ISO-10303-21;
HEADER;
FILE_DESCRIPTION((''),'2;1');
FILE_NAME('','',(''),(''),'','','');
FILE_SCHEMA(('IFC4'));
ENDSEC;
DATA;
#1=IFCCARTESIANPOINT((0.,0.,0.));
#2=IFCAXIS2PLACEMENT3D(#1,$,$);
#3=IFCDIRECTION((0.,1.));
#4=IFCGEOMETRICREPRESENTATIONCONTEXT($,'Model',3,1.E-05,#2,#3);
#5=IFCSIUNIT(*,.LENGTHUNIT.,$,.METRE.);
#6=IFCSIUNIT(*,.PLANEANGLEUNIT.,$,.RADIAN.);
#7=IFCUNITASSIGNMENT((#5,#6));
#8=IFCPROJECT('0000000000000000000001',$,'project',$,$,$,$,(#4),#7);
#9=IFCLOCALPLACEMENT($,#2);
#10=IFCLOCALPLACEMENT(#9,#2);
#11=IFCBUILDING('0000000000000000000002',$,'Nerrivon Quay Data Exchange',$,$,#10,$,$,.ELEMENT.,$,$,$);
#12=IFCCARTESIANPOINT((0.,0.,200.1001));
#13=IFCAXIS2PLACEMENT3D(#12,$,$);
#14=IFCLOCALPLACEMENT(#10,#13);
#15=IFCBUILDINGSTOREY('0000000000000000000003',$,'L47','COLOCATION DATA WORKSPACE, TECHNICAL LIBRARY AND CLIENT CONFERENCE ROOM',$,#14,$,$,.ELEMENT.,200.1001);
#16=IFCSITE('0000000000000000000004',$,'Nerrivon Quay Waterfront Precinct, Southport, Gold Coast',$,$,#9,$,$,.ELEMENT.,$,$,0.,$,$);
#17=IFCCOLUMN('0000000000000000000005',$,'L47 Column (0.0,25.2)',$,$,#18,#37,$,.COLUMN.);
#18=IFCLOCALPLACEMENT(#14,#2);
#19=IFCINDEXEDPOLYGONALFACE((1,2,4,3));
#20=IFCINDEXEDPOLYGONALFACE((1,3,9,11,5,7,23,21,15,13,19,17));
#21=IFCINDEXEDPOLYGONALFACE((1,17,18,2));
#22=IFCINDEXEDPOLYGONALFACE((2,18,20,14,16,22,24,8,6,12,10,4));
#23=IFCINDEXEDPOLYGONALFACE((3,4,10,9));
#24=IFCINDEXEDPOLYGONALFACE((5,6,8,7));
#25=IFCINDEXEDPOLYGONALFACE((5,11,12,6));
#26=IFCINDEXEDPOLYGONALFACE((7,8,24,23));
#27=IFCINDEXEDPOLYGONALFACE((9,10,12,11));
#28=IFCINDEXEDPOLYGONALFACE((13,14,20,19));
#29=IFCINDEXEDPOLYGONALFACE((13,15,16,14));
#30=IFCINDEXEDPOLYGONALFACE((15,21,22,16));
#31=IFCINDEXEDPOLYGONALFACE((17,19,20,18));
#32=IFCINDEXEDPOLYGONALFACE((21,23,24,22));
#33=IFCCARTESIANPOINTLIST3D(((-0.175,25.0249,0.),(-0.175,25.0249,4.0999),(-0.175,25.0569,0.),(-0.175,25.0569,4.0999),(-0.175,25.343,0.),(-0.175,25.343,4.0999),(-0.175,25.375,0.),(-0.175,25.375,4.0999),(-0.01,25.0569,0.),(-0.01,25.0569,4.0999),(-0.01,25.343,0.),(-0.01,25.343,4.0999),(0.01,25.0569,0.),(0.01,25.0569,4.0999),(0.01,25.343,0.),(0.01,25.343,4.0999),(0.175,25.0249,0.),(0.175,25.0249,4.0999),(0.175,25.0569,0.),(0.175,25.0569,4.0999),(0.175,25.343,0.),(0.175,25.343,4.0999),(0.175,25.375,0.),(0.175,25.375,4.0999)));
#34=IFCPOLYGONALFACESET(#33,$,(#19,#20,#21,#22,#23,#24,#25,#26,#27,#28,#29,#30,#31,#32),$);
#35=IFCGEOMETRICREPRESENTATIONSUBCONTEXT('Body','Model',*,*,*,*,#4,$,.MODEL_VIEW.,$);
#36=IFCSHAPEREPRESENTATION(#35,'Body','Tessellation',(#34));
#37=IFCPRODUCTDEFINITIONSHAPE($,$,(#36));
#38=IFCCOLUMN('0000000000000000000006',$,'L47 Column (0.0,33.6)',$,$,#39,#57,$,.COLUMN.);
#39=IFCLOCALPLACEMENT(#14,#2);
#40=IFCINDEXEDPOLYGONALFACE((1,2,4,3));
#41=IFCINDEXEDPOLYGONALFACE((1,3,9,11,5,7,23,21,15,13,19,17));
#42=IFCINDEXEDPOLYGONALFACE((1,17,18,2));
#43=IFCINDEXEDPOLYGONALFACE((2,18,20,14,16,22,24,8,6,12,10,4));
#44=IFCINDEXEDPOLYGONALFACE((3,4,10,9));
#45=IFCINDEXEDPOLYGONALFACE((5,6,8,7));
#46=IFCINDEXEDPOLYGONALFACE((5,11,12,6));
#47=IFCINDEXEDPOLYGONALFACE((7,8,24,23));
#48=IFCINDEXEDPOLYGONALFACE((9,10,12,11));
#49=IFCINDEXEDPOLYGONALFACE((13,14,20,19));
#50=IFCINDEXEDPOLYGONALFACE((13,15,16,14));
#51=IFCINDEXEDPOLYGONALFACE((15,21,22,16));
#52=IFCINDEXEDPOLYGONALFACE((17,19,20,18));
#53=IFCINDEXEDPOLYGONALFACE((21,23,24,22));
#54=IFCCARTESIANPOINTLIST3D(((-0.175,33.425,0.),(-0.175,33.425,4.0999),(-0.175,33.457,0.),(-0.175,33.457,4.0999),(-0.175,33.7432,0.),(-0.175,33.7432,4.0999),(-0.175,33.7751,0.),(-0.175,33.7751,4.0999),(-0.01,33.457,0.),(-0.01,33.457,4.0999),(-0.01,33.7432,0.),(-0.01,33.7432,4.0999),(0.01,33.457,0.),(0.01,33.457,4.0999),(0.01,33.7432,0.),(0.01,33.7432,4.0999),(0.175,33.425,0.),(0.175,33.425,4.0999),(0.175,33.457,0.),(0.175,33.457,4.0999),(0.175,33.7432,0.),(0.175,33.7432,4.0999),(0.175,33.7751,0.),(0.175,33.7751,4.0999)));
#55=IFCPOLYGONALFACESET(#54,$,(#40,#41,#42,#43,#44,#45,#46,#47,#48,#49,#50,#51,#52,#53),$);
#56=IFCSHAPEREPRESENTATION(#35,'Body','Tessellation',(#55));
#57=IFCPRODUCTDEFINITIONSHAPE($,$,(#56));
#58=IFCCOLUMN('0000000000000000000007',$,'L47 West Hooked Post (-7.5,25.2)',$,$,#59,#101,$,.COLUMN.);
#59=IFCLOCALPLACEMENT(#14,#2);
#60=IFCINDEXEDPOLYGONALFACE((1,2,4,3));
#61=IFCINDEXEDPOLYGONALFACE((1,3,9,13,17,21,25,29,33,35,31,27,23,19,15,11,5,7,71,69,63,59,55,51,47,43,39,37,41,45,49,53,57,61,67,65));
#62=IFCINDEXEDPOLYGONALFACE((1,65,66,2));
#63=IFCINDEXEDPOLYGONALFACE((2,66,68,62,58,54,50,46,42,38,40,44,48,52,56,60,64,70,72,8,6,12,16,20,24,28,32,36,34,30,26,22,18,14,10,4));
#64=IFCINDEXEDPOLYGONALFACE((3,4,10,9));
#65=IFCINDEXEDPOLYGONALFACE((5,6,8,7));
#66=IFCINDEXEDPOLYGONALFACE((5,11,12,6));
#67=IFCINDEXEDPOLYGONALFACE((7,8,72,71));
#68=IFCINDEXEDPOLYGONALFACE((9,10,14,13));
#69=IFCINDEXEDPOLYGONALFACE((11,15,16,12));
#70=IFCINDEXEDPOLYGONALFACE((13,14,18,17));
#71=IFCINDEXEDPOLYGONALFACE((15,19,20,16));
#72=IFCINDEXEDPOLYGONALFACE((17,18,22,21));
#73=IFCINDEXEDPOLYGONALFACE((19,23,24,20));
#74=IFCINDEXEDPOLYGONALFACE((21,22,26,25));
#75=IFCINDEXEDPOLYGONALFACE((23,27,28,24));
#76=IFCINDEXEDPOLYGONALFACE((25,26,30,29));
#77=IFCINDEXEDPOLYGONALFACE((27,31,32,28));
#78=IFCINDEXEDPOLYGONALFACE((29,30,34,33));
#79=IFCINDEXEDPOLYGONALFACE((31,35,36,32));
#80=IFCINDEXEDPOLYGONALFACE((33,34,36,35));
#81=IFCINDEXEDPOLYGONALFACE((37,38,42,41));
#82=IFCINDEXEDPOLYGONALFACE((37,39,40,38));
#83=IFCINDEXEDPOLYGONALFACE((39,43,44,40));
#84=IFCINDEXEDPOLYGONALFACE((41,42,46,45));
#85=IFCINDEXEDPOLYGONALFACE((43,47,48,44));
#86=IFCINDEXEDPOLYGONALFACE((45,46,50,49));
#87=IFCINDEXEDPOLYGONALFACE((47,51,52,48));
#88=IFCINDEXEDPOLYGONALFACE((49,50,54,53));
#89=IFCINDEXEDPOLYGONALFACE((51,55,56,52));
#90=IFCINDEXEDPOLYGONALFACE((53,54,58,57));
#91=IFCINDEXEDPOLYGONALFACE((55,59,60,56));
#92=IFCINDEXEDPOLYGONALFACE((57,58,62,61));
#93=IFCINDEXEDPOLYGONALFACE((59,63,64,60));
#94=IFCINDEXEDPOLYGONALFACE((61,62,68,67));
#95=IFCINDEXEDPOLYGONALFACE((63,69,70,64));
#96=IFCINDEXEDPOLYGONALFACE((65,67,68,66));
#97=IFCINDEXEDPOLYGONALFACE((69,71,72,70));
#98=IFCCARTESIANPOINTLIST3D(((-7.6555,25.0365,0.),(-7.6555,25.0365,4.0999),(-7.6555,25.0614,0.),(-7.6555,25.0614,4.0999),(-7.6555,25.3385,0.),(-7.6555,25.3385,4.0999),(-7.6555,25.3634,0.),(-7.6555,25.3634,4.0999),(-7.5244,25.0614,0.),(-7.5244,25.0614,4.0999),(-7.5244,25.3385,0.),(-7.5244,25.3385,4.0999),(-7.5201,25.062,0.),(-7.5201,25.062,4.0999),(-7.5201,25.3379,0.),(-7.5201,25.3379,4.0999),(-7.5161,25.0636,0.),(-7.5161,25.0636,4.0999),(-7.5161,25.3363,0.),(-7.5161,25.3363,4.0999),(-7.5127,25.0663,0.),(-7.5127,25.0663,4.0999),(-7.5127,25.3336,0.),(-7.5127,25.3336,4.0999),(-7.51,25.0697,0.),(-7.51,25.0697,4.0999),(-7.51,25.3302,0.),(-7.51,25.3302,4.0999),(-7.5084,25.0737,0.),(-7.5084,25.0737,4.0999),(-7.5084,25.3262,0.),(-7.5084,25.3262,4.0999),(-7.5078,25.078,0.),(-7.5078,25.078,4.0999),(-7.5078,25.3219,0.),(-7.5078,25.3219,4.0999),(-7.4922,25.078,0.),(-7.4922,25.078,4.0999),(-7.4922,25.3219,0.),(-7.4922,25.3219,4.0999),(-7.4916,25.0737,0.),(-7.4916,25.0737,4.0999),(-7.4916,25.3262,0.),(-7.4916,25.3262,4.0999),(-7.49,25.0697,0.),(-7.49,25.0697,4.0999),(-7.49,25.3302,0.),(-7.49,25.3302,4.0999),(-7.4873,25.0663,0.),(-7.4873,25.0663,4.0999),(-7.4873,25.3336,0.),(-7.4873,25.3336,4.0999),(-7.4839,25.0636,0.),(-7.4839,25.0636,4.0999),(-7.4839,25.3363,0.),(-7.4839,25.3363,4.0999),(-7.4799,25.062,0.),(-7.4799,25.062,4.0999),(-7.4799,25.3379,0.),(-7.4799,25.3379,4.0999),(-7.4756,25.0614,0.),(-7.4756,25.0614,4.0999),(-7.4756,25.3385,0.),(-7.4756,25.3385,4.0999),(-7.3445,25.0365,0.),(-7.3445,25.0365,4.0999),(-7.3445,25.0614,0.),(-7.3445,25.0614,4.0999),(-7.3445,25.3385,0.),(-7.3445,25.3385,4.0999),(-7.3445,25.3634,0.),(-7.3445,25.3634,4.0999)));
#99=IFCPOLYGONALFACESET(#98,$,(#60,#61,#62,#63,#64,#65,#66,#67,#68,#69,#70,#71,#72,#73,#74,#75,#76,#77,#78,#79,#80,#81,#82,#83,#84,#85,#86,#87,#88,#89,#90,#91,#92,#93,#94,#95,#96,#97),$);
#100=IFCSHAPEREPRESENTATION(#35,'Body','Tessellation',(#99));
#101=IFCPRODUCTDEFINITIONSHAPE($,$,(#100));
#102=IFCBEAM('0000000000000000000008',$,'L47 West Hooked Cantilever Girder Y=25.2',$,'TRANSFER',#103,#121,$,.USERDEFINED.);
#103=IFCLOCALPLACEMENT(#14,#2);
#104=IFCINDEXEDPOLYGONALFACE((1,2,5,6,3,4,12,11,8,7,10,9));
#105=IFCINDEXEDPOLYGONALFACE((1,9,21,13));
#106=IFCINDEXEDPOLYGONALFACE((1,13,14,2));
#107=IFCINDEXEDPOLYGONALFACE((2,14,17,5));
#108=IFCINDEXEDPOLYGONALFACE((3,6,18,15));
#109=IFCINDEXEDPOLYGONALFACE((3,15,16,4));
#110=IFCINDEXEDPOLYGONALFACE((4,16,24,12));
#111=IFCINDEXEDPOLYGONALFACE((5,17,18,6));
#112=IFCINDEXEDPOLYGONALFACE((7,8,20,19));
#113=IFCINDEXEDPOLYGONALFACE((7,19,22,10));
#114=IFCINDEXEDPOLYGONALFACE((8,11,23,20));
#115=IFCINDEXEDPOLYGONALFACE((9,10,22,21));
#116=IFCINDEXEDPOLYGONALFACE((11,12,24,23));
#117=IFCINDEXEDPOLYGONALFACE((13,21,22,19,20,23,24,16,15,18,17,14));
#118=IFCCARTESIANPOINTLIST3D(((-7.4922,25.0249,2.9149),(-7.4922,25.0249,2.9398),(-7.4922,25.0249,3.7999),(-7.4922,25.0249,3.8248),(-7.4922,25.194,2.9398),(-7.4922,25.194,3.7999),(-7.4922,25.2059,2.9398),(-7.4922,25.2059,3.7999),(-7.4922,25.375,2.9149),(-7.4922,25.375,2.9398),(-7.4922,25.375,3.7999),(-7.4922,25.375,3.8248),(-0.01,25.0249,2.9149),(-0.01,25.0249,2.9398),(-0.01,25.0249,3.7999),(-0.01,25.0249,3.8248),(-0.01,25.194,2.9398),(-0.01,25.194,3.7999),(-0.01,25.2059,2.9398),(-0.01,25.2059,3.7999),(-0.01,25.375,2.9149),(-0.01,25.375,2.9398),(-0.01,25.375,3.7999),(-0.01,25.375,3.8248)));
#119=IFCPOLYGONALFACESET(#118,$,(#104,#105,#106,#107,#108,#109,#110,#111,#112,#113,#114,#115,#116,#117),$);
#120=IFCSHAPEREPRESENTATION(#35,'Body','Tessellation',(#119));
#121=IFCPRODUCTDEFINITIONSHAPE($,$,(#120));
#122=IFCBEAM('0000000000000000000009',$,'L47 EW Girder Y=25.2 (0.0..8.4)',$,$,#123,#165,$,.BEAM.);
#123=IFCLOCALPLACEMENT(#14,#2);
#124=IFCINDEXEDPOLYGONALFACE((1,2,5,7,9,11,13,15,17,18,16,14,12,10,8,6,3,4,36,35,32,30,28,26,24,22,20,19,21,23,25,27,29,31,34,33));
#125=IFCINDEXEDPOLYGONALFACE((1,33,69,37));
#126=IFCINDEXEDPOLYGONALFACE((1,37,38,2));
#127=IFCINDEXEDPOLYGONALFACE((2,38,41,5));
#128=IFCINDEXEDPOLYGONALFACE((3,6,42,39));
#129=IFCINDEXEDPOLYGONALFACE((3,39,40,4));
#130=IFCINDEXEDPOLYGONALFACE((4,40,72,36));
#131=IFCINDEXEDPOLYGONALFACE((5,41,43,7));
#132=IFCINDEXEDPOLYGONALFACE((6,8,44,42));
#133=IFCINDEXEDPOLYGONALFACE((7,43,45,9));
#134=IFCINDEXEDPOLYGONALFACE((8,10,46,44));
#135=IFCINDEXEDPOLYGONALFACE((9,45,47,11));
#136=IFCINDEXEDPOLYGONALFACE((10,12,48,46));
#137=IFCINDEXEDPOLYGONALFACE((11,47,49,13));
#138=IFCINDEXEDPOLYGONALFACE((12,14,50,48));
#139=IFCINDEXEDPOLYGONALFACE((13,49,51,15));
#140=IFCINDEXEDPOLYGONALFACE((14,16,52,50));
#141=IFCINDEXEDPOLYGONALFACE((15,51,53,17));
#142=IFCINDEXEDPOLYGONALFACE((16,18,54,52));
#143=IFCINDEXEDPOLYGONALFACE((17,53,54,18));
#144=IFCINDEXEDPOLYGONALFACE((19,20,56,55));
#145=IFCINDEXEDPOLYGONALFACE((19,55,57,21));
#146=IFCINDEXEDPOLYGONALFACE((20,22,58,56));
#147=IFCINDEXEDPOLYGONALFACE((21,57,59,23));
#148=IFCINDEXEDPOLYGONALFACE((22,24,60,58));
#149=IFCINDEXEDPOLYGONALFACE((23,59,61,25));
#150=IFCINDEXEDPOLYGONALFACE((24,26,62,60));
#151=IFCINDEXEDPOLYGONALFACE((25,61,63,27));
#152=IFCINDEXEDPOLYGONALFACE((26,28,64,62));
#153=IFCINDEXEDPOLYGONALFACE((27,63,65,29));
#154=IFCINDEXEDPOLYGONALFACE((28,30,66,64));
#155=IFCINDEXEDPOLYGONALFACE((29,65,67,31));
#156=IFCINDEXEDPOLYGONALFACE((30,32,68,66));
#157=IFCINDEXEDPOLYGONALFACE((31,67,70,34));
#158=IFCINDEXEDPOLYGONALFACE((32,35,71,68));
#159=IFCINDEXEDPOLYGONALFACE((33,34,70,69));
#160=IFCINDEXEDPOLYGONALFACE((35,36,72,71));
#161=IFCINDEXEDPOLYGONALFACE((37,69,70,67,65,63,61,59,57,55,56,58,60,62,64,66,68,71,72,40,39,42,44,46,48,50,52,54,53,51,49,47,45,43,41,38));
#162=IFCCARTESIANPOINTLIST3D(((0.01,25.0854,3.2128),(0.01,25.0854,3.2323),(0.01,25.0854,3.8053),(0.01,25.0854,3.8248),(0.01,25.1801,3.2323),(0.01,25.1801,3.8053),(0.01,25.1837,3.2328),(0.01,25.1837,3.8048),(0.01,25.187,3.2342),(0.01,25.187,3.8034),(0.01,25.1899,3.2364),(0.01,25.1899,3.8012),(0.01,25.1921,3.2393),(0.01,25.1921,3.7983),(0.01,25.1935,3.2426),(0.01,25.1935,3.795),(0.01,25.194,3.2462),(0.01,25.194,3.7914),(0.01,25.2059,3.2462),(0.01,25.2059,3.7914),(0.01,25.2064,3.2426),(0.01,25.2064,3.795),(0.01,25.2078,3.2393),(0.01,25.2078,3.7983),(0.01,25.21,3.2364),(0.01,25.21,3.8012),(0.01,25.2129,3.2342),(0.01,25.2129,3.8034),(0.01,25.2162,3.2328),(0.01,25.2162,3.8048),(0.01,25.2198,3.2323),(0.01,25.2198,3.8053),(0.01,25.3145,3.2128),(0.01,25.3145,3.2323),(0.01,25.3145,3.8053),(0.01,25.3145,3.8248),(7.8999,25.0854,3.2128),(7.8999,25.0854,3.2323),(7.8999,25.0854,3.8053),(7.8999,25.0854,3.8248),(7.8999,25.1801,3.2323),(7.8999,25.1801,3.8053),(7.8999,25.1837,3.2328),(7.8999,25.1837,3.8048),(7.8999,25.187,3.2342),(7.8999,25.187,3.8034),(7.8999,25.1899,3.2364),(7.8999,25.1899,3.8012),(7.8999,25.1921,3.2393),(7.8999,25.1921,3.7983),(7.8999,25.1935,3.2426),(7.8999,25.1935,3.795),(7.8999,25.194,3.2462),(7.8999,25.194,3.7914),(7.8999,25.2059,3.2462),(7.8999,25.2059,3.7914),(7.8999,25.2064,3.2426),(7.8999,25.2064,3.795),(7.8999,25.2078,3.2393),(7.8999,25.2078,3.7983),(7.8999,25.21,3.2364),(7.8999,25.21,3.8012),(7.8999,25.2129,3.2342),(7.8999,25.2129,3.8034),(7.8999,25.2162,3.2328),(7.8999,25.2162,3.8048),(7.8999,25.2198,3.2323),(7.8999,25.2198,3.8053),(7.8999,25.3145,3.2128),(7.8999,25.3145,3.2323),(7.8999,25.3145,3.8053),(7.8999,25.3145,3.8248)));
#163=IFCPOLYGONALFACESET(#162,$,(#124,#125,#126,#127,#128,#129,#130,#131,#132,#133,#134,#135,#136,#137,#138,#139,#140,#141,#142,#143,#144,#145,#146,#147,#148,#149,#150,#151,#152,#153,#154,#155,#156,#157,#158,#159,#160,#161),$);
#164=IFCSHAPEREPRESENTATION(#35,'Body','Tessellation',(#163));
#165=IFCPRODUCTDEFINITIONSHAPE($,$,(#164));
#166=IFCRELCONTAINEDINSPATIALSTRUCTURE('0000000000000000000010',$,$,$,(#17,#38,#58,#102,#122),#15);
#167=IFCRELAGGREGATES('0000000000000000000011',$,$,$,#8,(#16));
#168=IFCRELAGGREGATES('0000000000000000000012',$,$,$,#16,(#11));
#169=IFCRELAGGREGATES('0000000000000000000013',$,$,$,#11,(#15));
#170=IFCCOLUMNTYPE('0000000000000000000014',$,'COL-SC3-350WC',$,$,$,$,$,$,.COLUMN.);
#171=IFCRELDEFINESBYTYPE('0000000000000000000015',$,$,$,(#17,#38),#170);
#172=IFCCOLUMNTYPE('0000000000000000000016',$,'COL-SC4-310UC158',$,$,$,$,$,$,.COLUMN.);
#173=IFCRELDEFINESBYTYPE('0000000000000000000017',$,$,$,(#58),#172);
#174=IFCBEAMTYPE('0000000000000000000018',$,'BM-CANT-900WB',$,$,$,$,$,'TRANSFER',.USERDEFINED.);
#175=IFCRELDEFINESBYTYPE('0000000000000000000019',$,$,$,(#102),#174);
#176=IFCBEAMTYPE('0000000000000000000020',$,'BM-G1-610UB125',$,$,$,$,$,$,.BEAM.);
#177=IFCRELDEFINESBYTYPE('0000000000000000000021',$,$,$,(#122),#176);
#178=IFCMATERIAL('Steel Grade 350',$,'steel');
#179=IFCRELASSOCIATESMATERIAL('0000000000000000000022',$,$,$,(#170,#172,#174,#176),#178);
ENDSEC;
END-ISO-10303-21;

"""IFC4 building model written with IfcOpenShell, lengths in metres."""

from ifc_helpers import new_model, si_unit, direction, frame, origin, origin_2d, place, context, subcontext, project, spatial, i_section, extrude, material, material_profile, profile_set, type_object, element, save


model = new_model("IFC4")

# Units and contexts
model_context = context("Model", 3, precision=1e-05, world=origin(), true_north=direction((0.0, 1.0)))
body_context = subcontext(model_context, "Body", "Model", "MODEL_VIEW")
ifc_project = project(units=[si_unit("LENGTHUNIT", "METRE"), si_unit("PLANEANGLEUNIT", "RADIAN")], contexts=[model_context])

# Site, building, storey
site_placement = place(None, origin())
site = spatial("IfcSite", under=ifc_project, at=site_placement, Name="Nerrivon Quay Waterfront Precinct, Southport, Gold Coast", CompositionType="ELEMENT", RefElevation=0.0)
building_placement = place(site_placement, origin())
building = spatial("IfcBuilding", under=site, at=building_placement, Name="Nerrivon Quay Data Exchange", CompositionType="ELEMENT")
storey_placement = place(building_placement, frame((0.0, 0.0, 200.1001)))
storey = spatial("IfcBuildingStorey", under=building, at=storey_placement, Name="L47", Description="COLOCATION DATA WORKSPACE, TECHNICAL LIBRARY AND CLIENT CONFERENCE ROOM", CompositionType="ELEMENT", Elevation=200.1001)

# Columns
ifc_material_1 = material(Name="Steel Grade 350", Category="steel")
ifc_material_profile_1 = material_profile(ifc_material_1, i_section(OverallWidth=0.3501, OverallDepth=0.3501, WebThickness=0.02, FlangeThickness=0.032, at=origin_2d()), Name="350WC230")
ifc_profile_set_1 = profile_set([ifc_material_profile_1], Name="Steel Grade 350")
column_type_1 = type_object("IfcColumnType", Name="COL-SC3-350WC", PredefinedType="COLUMN", material=ifc_profile_set_1)
for number, where, z_axis, x_axis, name in (
    (1, (0.0, 25.2, 0.0), (0.0, 0.0, 1.0), (1.0, 0.0, 0.0), "L47 Column (0.0,25.2)"),
    (2, (0.0, 33.6001, 0.0), (0.0, 0.0, 1.0), (1.0, 0.0, 0.0), "L47 Column (0.0,33.6)"),
):
    element("IfcColumn", number, at=place(storey_placement, frame(where, z_axis=z_axis, x_axis=x_axis)), inside=storey, type_object=column_type_1, Name=name, PredefinedType="COLUMN", context=body_context, shape_type="SweptSolid", body=[
        extrude(i_section(OverallWidth=0.3501, OverallDepth=0.3501, WebThickness=0.02, FlangeThickness=0.032, at=origin_2d()), origin(), (0.0, 0.0, 1.0), 4.0999),
    ])
ifc_material_profile_2 = material_profile(ifc_material_1, i_section(OverallWidth=0.311, OverallDepth=0.3269, WebThickness=0.0156, FlangeThickness=0.0249, FilletRadius=0.0166, at=origin_2d()), Name="310UC158")
ifc_profile_set_2 = profile_set([ifc_material_profile_2], Name="Steel Grade 350")
column_type_2 = type_object("IfcColumnType", Name="COL-SC4-310UC158", PredefinedType="COLUMN", material=ifc_profile_set_2)
column_placement = place(storey_placement, frame((-7.5, 25.2, 0.0), z_axis=(0.0, 0.0, 1.0), x_axis=(1.0, 0.0, 0.0)))
element("IfcColumn", 3, at=column_placement, inside=storey, type_object=column_type_2, Name="L47 West Hooked Post (-7.5,25.2)", PredefinedType="COLUMN", context=body_context, shape_type="SweptSolid", body=[
    extrude(i_section(OverallWidth=0.311, OverallDepth=0.3269, WebThickness=0.0156, FlangeThickness=0.0249, FilletRadius=0.0166, at=origin_2d()), origin(), (0.0, 0.0, 1.0), 4.0999),
])

# Beams
ifc_material_profile_3 = material_profile(ifc_material_1, i_section(OverallWidth=0.3501, OverallDepth=0.9099, WebThickness=0.012, FlangeThickness=0.0249, at=origin_2d()), Name="900WB218")
ifc_profile_set_3 = profile_set([ifc_material_profile_3], Name="Steel Grade 350")
beam_type_1 = type_object("IfcBeamType", Name="BM-CANT-900WB", ElementType="TRANSFER", PredefinedType="USERDEFINED", material=ifc_profile_set_3)
beam_1_placement = place(storey_placement, frame((-0.01, 25.2, 3.3699), z_axis=(-1.0, 0.0, 0.0), x_axis=(0.0, -1.0, 0.0)))
element("IfcBeam", 4, at=beam_1_placement, inside=storey, type_object=beam_type_1, Name="L47 West Hooked Cantilever Girder Y=25.2", ObjectType="TRANSFER", PredefinedType="USERDEFINED", context=body_context, shape_type="SweptSolid", body=[
    extrude(i_section(OverallWidth=0.3501, OverallDepth=0.9099, WebThickness=0.012, FlangeThickness=0.0249, at=origin_2d()), origin(), (0.0, 0.0, 1.0), 7.4822),
])
ifc_material_profile_4 = material_profile(ifc_material_1, i_section(OverallWidth=0.229, OverallDepth=0.6121, WebThickness=0.012, FlangeThickness=0.0195, FilletRadius=0.0139, at=origin_2d()), Name="610UB125")
ifc_profile_set_4 = profile_set([ifc_material_profile_4], Name="Steel Grade 350")
beam_type_2 = type_object("IfcBeamType", Name="BM-G1-610UB125", PredefinedType="BEAM", material=ifc_profile_set_4)
beam_2_placement = place(storey_placement, frame((0.01, 25.2, 3.5188), z_axis=(1.0, 0.0, 0.0), x_axis=(0.0, 1.0, 0.0)))
element("IfcBeam", 5, at=beam_2_placement, inside=storey, type_object=beam_type_2, Name="L47 EW Girder Y=25.2 (0.0..8.4)", PredefinedType="BEAM", context=body_context, shape_type="SweptSolid", body=[
    extrude(i_section(OverallWidth=0.229, OverallDepth=0.6121, WebThickness=0.012, FlangeThickness=0.0195, FilletRadius=0.0139, at=origin_2d()), origin(), (0.0, 0.0, 1.0), 7.8899),
])

save(model, "model.ifc")
